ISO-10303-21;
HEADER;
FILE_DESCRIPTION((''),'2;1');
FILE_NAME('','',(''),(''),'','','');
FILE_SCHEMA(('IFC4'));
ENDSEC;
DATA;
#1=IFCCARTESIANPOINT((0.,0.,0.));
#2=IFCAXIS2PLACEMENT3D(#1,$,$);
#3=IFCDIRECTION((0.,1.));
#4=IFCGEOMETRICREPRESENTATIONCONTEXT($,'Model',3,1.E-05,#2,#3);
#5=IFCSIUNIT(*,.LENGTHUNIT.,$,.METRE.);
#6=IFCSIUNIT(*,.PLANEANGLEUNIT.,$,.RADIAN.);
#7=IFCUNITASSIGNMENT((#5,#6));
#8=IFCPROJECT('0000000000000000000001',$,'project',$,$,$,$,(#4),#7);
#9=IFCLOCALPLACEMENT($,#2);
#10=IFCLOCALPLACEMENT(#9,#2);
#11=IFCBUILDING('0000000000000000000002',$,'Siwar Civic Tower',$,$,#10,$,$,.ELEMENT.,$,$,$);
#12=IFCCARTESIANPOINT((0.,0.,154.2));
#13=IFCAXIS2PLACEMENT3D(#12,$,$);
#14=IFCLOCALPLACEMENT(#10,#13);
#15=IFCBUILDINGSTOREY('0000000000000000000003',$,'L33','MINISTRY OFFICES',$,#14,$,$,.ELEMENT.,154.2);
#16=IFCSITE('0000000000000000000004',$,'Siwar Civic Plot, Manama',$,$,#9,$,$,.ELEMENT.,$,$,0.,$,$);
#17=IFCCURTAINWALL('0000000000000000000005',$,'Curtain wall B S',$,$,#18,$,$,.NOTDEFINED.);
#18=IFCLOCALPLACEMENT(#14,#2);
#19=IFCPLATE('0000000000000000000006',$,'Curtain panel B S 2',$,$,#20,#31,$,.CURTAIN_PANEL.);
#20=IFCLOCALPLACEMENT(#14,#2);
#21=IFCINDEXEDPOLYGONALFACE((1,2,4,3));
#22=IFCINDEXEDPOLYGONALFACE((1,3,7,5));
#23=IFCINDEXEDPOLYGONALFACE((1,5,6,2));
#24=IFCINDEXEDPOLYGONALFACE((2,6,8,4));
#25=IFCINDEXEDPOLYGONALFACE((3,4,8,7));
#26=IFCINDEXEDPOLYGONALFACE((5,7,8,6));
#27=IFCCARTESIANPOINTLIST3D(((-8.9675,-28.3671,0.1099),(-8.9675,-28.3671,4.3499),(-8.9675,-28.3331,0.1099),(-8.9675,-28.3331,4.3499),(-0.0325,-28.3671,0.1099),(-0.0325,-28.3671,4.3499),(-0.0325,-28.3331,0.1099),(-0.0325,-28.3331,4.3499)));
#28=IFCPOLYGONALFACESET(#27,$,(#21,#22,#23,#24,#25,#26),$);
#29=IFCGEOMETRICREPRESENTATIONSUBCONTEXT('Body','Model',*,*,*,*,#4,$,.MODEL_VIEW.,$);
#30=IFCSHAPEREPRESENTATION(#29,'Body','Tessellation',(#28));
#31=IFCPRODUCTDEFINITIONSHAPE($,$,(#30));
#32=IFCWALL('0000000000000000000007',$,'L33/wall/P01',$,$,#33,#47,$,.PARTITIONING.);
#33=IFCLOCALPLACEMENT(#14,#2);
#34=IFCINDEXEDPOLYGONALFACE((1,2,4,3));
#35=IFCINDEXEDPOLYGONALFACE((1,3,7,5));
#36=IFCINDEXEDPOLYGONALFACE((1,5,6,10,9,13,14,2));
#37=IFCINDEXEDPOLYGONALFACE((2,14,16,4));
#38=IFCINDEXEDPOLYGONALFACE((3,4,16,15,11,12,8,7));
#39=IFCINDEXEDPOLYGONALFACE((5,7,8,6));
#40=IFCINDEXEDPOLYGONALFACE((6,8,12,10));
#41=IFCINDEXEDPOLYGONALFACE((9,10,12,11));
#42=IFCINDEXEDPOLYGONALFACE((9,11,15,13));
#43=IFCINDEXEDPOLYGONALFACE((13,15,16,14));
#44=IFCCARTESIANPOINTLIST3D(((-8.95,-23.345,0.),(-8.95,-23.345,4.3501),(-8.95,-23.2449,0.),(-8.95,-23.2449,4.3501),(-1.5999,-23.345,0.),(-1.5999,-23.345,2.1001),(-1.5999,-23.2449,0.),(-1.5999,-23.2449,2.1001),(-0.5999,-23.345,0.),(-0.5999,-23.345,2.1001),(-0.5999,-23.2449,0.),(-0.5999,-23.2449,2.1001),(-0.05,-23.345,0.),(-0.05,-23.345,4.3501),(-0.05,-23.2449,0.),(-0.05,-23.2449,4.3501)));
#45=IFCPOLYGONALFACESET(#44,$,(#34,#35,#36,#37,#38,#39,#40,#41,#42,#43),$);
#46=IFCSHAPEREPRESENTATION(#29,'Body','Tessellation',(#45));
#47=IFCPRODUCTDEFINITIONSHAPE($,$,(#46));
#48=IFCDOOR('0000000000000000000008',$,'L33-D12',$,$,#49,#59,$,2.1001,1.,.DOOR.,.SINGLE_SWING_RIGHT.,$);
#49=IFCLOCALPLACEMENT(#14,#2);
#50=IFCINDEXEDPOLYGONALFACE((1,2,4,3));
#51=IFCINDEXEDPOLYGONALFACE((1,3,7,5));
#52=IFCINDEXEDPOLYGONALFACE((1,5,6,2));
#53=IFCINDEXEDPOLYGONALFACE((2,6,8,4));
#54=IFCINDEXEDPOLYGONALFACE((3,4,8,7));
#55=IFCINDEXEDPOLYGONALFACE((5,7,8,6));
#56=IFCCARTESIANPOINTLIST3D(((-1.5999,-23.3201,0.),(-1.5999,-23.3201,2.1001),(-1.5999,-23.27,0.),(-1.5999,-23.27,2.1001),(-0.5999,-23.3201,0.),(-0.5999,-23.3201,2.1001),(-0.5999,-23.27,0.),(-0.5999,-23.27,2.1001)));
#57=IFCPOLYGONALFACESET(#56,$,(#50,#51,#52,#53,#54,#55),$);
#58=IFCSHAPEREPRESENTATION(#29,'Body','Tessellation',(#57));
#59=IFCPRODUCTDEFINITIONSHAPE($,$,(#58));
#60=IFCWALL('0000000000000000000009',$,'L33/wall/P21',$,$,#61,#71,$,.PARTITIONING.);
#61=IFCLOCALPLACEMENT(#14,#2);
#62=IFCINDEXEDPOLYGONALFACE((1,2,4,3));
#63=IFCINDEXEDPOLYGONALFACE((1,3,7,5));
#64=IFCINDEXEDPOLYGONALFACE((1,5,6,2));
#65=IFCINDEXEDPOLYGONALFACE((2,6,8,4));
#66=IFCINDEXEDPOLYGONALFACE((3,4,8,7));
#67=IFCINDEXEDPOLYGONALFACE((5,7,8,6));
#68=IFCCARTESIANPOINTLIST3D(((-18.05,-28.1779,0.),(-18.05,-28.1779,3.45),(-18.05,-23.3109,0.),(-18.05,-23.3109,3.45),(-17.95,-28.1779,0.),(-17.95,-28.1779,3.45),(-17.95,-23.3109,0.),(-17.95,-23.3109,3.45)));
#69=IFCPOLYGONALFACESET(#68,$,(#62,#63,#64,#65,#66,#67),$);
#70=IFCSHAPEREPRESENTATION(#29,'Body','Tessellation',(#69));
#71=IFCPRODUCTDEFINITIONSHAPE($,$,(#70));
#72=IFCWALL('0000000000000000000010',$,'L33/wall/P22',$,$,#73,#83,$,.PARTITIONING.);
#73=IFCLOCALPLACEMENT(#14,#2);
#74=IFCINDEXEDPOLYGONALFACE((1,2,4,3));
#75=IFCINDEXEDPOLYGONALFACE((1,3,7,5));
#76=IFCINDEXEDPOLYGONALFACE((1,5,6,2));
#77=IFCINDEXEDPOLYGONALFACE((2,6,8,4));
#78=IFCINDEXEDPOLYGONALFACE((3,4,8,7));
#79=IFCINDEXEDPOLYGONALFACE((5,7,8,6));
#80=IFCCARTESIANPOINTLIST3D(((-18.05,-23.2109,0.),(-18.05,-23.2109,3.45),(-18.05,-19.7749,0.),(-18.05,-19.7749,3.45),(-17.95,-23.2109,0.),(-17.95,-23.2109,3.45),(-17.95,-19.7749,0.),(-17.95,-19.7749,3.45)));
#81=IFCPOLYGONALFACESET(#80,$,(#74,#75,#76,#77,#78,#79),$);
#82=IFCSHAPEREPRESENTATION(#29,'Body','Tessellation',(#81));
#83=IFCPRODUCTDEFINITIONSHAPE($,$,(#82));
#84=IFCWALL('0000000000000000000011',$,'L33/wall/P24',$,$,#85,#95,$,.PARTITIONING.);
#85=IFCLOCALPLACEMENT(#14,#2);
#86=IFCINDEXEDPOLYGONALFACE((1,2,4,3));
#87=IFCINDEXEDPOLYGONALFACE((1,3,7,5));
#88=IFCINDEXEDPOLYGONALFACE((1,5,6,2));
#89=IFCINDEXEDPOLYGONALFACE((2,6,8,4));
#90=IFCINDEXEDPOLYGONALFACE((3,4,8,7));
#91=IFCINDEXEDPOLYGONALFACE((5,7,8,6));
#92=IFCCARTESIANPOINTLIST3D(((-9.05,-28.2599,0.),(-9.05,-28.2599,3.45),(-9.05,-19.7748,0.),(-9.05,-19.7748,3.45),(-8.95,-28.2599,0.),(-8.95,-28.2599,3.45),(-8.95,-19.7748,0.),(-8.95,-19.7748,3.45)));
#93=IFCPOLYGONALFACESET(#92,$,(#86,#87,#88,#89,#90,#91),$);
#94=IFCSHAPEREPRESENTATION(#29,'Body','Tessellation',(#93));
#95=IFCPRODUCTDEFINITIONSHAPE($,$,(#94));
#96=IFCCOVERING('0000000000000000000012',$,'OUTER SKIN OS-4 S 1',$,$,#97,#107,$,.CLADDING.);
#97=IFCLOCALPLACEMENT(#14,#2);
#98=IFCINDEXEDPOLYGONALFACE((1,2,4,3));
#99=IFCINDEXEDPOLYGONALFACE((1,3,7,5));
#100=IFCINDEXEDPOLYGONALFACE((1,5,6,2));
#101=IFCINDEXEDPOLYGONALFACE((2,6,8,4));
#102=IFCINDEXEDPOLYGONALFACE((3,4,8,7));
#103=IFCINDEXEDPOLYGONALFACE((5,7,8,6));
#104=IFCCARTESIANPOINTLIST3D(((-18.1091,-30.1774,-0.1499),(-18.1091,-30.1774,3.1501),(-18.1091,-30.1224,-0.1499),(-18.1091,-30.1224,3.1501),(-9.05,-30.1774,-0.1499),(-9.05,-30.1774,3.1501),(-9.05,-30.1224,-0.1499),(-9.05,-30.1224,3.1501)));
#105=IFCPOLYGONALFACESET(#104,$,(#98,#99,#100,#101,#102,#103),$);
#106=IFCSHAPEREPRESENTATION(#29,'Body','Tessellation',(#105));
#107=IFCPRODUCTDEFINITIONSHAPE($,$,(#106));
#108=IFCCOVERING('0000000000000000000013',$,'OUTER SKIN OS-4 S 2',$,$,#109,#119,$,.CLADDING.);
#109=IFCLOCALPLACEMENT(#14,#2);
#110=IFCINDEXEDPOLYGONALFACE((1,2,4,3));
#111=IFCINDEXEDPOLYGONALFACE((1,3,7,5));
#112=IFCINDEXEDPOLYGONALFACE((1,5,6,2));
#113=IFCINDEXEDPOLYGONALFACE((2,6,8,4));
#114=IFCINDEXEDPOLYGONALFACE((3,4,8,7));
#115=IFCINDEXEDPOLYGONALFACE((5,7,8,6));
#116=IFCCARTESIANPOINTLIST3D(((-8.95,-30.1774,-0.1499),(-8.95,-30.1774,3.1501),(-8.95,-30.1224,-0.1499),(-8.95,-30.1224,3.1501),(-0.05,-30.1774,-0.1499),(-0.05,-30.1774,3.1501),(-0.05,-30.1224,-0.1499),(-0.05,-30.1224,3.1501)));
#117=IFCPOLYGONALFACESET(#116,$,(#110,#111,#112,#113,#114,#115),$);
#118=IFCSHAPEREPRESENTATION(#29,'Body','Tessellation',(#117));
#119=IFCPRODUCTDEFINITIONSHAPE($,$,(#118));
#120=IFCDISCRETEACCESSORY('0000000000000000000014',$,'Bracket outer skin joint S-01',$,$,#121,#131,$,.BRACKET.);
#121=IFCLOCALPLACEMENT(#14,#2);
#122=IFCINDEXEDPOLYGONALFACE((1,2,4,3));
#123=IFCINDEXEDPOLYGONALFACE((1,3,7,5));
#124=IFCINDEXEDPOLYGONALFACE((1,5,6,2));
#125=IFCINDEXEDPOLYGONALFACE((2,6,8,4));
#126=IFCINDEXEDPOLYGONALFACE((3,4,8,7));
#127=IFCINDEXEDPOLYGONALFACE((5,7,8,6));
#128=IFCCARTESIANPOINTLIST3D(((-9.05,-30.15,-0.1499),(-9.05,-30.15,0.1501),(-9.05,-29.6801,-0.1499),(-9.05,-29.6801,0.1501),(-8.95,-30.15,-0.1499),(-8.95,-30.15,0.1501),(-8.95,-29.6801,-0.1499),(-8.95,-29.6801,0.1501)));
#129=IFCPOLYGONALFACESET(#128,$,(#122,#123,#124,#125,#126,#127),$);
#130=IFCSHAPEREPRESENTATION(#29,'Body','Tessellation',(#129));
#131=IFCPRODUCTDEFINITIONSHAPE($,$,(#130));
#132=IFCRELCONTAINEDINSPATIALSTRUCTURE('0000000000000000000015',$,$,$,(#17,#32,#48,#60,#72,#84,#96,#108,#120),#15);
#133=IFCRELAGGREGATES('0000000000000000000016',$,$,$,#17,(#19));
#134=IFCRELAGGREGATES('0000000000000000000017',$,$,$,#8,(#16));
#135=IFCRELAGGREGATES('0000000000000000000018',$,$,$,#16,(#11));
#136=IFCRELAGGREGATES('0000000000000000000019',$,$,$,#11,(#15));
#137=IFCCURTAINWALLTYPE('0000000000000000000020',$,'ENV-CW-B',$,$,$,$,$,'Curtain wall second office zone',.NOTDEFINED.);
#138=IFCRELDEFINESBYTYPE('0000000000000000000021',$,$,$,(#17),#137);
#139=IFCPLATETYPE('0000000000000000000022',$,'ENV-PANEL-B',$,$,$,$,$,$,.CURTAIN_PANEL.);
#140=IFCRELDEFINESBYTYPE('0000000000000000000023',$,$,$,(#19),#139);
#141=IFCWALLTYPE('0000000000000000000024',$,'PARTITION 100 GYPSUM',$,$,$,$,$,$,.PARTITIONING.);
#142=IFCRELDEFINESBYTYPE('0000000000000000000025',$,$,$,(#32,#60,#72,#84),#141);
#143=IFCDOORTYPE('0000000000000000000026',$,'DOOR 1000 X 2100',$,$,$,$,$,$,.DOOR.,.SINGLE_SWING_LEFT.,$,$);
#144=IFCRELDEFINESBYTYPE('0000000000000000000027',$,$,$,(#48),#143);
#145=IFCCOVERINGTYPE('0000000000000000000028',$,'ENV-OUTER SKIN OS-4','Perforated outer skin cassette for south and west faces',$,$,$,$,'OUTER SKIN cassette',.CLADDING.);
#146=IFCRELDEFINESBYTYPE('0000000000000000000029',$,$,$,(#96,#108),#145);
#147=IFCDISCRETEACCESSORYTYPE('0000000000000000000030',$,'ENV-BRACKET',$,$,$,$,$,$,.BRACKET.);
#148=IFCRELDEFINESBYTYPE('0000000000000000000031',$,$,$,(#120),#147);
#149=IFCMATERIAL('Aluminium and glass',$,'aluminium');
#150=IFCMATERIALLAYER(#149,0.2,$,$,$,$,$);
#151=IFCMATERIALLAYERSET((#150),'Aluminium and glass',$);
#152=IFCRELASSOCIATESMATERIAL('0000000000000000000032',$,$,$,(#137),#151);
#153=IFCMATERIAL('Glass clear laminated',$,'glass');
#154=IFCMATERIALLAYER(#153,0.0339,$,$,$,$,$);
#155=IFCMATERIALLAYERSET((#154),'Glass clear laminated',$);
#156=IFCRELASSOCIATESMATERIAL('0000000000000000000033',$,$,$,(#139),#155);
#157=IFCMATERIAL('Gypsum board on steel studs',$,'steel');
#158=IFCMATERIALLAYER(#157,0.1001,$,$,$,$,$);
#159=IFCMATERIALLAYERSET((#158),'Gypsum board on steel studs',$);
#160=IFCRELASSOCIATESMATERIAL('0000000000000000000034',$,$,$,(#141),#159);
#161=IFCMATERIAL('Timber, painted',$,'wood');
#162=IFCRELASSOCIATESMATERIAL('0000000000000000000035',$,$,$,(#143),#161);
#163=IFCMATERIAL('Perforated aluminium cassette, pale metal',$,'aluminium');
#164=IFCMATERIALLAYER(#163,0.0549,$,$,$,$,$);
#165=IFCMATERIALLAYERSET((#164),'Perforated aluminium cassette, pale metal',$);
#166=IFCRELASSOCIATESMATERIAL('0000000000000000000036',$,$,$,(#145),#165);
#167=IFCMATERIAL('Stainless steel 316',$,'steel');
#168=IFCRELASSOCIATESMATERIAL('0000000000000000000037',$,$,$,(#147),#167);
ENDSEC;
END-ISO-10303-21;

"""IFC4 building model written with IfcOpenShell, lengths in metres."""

from ifc_helpers import new_model, si_unit, direction, frame, frame_2d, origin, origin_2d, place, context, subcontext, project, spatial, rectangle, extrude, material, layer, layer_set, type_object, element, fill, aggregate, save


model = new_model("IFC4")

# Units and contexts
model_context = context("Model", 3, precision=1e-05, world=origin(), true_north=direction((0.0, 1.0)))
body_context = subcontext(model_context, "Body", "Model", "MODEL_VIEW")
ifc_project = project(units=[si_unit("LENGTHUNIT", "METRE"), si_unit("PLANEANGLEUNIT", "RADIAN")], contexts=[model_context])

# Site, building, storey
site_placement = place(None, origin())
site = spatial("IfcSite", under=ifc_project, at=site_placement, Name="Siwar Civic Plot, Manama", CompositionType="ELEMENT", RefElevation=0.0)
building_placement = place(site_placement, origin())
building = spatial("IfcBuilding", under=site, at=building_placement, Name="Siwar Civic Tower", CompositionType="ELEMENT")
storey_placement = place(building_placement, frame((0.0, 0.0, 154.2)))
storey = spatial("IfcBuildingStorey", under=building, at=storey_placement, Name="L33", Description="MINISTRY OFFICES", CompositionType="ELEMENT", Elevation=154.2)

# Curtain wall
ifc_material_1 = material(Name="Aluminium and glass", Category="aluminium")
ifc_layer_1 = layer(ifc_material_1, 0.2)
ifc_layer_set_1 = layer_set([ifc_layer_1], Name="Aluminium and glass")
curtain_wall_type = type_object("IfcCurtainWallType", Name="ENV-CW-B", ElementType="Curtain wall second office zone", PredefinedType="NOTDEFINED", material=ifc_layer_set_1)
curtain_wall_placement = place(storey_placement, origin())
curtain_wall = element("IfcCurtainWall", 1, at=curtain_wall_placement, inside=storey, type_object=curtain_wall_type, Name="Curtain wall B S", PredefinedType="NOTDEFINED")

# Plate
ifc_material_2 = material(Name="Glass clear laminated", Category="glass")
ifc_layer_2 = layer(ifc_material_2, 0.0339)
ifc_layer_set_2 = layer_set([ifc_layer_2], Name="Glass clear laminated")
plate_type = type_object("IfcPlateType", Name="ENV-PANEL-B", PredefinedType="CURTAIN_PANEL", material=ifc_layer_set_2)
plate_1_placement = place(storey_placement, frame((-4.5, -28.3501, 0.1099), z_axis=(0.0, 0.0, 1.0), x_axis=(1.0, 0.0, 0.0)))
plate_1 = element("IfcPlate", 2, at=plate_1_placement, type_object=plate_type, Name="Curtain panel B S 2", PredefinedType="CURTAIN_PANEL", context=body_context, shape_type="SweptSolid", body=[
    extrude(rectangle(XDim=8.9351, YDim=0.0339, at=origin_2d()), origin(), (0.0, 0.0, 1.0), 4.24),
])
aggregate(curtain_wall, [plate_1])

# Wall, opening, door
ifc_material_3 = material(Name="Gypsum board on steel studs", Category="steel")
ifc_layer_3 = layer(ifc_material_3, 0.1001)
ifc_layer_set_3 = layer_set([ifc_layer_3], Name="Gypsum board on steel studs")
wall_type = type_object("IfcWallType", Name="PARTITION 100 GYPSUM", PredefinedType="PARTITIONING", material=ifc_layer_set_3)
wall_1_placement = place(storey_placement, frame((-8.95, -23.2949, 0.0), z_axis=(0.0, 0.0, 1.0), x_axis=(1.0, 0.0, 0.0)))
wall_1 = element("IfcWall", 3, at=wall_1_placement, inside=storey, type_object=wall_type, Name="L33/wall/P01", PredefinedType="PARTITIONING", context=body_context, shape_type="SweptSolid", body=[
    extrude(rectangle(XDim=8.8999, YDim=0.1001, at=frame_2d((4.45, 0.0))), origin(), (0.0, 0.0, 1.0), 4.3501),
])
opening_placement = place(wall_1_placement, frame((7.3501, 0.0, 0.0)))
opening = element("IfcOpeningElement", 4, at=opening_placement, cuts=wall_1, PredefinedType="OPENING", context=body_context, shape_type="SweptSolid", body=[
    extrude(rectangle(XDim=1.0, YDim=2.1001, at=frame_2d((0.5, 1.05))), frame((0.0, 0.0601, 0.0), z_axis=(0.0, -1.0, 0.0), x_axis=(1.0, 0.0, 0.0)), (0.0, 0.0, 1.0), 0.1201),
])
ifc_material_4 = material(Name="Timber, painted", Category="wood")
door_type = type_object("IfcDoorType", Name="DOOR 1000 X 2100", OperationType="SINGLE_SWING_LEFT", PredefinedType="DOOR", material=ifc_material_4)
door_placement = place(opening_placement, origin())
door = element("IfcDoor", 5, at=door_placement, inside=storey, type_object=door_type, Name="L33-D12", OperationType="SINGLE_SWING_RIGHT", OverallHeight=2.1001, OverallWidth=1.0, PredefinedType="DOOR", context=body_context, shape_type="SweptSolid", body=[
    extrude(rectangle(XDim=1.0, YDim=2.1001, at=frame_2d((0.5, 1.05))), frame((0.0, 0.0249, 0.0), z_axis=(0.0, -1.0, 0.0), x_axis=(1.0, 0.0, 0.0)), (0.0, 0.0, 1.0), 0.05),
])
fill(opening, door)

# Walls
wall_2_placement = place(storey_placement, frame((-18.0, -28.178, 0.0), z_axis=(0.0, 0.0, 1.0), x_axis=(0.0, 1.0, 0.0)))
element("IfcWall", 6, at=wall_2_placement, inside=storey, type_object=wall_type, Name="L33/wall/P21", PredefinedType="PARTITIONING", context=body_context, shape_type="SweptSolid", body=[
    extrude(rectangle(XDim=4.8669, YDim=0.1001, at=frame_2d((2.4336, 0.0))), origin(), (0.0, 0.0, 1.0), 3.45),
])
wall_3_placement = place(storey_placement, frame((-18.0, -23.2109, 0.0), z_axis=(0.0, 0.0, 1.0), x_axis=(0.0, 1.0, 0.0)))
element("IfcWall", 7, at=wall_3_placement, inside=storey, type_object=wall_type, Name="L33/wall/P22", PredefinedType="PARTITIONING", context=body_context, shape_type="SweptSolid", body=[
    extrude(rectangle(XDim=3.436, YDim=0.1001, at=frame_2d((1.718, 0.0))), origin(), (0.0, 0.0, 1.0), 3.45),
])
wall_4_placement = place(storey_placement, frame((-9.0, -28.26, 0.0), z_axis=(0.0, 0.0, 1.0), x_axis=(0.0, 1.0, 0.0)))
element("IfcWall", 8, at=wall_4_placement, inside=storey, type_object=wall_type, Name="L33/wall/P24", PredefinedType="PARTITIONING", context=body_context, shape_type="SweptSolid", body=[
    extrude(rectangle(XDim=8.4851, YDim=0.1001, at=frame_2d((4.2427, 0.0))), origin(), (0.0, 0.0, 1.0), 3.45),
])

# Coverings
ifc_material_5 = material(Name="Perforated aluminium cassette, pale metal", Category="aluminium")
ifc_layer_4 = layer(ifc_material_5, 0.0549)
ifc_layer_set_4 = layer_set([ifc_layer_4], Name="Perforated aluminium cassette, pale metal")
covering_type = type_object("IfcCoveringType", Name="ENV-OUTER SKIN OS-4", Description="Perforated outer skin cassette for south and west faces", ElementType="OUTER SKIN cassette", PredefinedType="CLADDING", material=ifc_layer_set_4)
covering_1_placement = place(storey_placement, frame((-13.5796, -30.1499, -0.1499), z_axis=(0.0, 0.0, 1.0), x_axis=(1.0, 0.0, 0.0)))
element("IfcCovering", 9, at=covering_1_placement, inside=storey, type_object=covering_type, Name="OUTER SKIN OS-4 S 1", PredefinedType="CLADDING", context=body_context, shape_type="SweptSolid", body=[
    extrude(rectangle(XDim=9.0591, YDim=0.0549, at=origin_2d()), origin(), (0.0, 0.0, 1.0), 3.3),
])
covering_2_placement = place(storey_placement, frame((-4.5, -30.1499, -0.1499), z_axis=(0.0, 0.0, 1.0), x_axis=(1.0, 0.0, 0.0)))
element("IfcCovering", 10, at=covering_2_placement, inside=storey, type_object=covering_type, Name="OUTER SKIN OS-4 S 2", PredefinedType="CLADDING", context=body_context, shape_type="SweptSolid", body=[
    extrude(rectangle(XDim=8.8999, YDim=0.0549, at=origin_2d()), origin(), (0.0, 0.0, 1.0), 3.3),
])

# Discrete accessory
ifc_material_6 = material(Name="Stainless steel 316", Category="steel")
discrete_accessory_type = type_object("IfcDiscreteAccessoryType", Name="ENV-BRACKET", PredefinedType="BRACKET", material=ifc_material_6)
discrete_accessory_placement = place(storey_placement, frame((-9.0, -29.915, -0.1499), z_axis=(0.0, 0.0, 1.0), x_axis=(0.0, -1.0, 0.0)))
element("IfcDiscreteAccessory", 11, at=discrete_accessory_placement, inside=storey, type_object=discrete_accessory_type, Name="Bracket outer skin joint S-01", PredefinedType="BRACKET", context=body_context, shape_type="SweptSolid", body=[
    extrude(rectangle(XDim=0.47, YDim=0.1001, at=origin_2d()), origin(), (0.0, 0.0, 1.0), 0.3),
])

save(model, "model.ifc")
